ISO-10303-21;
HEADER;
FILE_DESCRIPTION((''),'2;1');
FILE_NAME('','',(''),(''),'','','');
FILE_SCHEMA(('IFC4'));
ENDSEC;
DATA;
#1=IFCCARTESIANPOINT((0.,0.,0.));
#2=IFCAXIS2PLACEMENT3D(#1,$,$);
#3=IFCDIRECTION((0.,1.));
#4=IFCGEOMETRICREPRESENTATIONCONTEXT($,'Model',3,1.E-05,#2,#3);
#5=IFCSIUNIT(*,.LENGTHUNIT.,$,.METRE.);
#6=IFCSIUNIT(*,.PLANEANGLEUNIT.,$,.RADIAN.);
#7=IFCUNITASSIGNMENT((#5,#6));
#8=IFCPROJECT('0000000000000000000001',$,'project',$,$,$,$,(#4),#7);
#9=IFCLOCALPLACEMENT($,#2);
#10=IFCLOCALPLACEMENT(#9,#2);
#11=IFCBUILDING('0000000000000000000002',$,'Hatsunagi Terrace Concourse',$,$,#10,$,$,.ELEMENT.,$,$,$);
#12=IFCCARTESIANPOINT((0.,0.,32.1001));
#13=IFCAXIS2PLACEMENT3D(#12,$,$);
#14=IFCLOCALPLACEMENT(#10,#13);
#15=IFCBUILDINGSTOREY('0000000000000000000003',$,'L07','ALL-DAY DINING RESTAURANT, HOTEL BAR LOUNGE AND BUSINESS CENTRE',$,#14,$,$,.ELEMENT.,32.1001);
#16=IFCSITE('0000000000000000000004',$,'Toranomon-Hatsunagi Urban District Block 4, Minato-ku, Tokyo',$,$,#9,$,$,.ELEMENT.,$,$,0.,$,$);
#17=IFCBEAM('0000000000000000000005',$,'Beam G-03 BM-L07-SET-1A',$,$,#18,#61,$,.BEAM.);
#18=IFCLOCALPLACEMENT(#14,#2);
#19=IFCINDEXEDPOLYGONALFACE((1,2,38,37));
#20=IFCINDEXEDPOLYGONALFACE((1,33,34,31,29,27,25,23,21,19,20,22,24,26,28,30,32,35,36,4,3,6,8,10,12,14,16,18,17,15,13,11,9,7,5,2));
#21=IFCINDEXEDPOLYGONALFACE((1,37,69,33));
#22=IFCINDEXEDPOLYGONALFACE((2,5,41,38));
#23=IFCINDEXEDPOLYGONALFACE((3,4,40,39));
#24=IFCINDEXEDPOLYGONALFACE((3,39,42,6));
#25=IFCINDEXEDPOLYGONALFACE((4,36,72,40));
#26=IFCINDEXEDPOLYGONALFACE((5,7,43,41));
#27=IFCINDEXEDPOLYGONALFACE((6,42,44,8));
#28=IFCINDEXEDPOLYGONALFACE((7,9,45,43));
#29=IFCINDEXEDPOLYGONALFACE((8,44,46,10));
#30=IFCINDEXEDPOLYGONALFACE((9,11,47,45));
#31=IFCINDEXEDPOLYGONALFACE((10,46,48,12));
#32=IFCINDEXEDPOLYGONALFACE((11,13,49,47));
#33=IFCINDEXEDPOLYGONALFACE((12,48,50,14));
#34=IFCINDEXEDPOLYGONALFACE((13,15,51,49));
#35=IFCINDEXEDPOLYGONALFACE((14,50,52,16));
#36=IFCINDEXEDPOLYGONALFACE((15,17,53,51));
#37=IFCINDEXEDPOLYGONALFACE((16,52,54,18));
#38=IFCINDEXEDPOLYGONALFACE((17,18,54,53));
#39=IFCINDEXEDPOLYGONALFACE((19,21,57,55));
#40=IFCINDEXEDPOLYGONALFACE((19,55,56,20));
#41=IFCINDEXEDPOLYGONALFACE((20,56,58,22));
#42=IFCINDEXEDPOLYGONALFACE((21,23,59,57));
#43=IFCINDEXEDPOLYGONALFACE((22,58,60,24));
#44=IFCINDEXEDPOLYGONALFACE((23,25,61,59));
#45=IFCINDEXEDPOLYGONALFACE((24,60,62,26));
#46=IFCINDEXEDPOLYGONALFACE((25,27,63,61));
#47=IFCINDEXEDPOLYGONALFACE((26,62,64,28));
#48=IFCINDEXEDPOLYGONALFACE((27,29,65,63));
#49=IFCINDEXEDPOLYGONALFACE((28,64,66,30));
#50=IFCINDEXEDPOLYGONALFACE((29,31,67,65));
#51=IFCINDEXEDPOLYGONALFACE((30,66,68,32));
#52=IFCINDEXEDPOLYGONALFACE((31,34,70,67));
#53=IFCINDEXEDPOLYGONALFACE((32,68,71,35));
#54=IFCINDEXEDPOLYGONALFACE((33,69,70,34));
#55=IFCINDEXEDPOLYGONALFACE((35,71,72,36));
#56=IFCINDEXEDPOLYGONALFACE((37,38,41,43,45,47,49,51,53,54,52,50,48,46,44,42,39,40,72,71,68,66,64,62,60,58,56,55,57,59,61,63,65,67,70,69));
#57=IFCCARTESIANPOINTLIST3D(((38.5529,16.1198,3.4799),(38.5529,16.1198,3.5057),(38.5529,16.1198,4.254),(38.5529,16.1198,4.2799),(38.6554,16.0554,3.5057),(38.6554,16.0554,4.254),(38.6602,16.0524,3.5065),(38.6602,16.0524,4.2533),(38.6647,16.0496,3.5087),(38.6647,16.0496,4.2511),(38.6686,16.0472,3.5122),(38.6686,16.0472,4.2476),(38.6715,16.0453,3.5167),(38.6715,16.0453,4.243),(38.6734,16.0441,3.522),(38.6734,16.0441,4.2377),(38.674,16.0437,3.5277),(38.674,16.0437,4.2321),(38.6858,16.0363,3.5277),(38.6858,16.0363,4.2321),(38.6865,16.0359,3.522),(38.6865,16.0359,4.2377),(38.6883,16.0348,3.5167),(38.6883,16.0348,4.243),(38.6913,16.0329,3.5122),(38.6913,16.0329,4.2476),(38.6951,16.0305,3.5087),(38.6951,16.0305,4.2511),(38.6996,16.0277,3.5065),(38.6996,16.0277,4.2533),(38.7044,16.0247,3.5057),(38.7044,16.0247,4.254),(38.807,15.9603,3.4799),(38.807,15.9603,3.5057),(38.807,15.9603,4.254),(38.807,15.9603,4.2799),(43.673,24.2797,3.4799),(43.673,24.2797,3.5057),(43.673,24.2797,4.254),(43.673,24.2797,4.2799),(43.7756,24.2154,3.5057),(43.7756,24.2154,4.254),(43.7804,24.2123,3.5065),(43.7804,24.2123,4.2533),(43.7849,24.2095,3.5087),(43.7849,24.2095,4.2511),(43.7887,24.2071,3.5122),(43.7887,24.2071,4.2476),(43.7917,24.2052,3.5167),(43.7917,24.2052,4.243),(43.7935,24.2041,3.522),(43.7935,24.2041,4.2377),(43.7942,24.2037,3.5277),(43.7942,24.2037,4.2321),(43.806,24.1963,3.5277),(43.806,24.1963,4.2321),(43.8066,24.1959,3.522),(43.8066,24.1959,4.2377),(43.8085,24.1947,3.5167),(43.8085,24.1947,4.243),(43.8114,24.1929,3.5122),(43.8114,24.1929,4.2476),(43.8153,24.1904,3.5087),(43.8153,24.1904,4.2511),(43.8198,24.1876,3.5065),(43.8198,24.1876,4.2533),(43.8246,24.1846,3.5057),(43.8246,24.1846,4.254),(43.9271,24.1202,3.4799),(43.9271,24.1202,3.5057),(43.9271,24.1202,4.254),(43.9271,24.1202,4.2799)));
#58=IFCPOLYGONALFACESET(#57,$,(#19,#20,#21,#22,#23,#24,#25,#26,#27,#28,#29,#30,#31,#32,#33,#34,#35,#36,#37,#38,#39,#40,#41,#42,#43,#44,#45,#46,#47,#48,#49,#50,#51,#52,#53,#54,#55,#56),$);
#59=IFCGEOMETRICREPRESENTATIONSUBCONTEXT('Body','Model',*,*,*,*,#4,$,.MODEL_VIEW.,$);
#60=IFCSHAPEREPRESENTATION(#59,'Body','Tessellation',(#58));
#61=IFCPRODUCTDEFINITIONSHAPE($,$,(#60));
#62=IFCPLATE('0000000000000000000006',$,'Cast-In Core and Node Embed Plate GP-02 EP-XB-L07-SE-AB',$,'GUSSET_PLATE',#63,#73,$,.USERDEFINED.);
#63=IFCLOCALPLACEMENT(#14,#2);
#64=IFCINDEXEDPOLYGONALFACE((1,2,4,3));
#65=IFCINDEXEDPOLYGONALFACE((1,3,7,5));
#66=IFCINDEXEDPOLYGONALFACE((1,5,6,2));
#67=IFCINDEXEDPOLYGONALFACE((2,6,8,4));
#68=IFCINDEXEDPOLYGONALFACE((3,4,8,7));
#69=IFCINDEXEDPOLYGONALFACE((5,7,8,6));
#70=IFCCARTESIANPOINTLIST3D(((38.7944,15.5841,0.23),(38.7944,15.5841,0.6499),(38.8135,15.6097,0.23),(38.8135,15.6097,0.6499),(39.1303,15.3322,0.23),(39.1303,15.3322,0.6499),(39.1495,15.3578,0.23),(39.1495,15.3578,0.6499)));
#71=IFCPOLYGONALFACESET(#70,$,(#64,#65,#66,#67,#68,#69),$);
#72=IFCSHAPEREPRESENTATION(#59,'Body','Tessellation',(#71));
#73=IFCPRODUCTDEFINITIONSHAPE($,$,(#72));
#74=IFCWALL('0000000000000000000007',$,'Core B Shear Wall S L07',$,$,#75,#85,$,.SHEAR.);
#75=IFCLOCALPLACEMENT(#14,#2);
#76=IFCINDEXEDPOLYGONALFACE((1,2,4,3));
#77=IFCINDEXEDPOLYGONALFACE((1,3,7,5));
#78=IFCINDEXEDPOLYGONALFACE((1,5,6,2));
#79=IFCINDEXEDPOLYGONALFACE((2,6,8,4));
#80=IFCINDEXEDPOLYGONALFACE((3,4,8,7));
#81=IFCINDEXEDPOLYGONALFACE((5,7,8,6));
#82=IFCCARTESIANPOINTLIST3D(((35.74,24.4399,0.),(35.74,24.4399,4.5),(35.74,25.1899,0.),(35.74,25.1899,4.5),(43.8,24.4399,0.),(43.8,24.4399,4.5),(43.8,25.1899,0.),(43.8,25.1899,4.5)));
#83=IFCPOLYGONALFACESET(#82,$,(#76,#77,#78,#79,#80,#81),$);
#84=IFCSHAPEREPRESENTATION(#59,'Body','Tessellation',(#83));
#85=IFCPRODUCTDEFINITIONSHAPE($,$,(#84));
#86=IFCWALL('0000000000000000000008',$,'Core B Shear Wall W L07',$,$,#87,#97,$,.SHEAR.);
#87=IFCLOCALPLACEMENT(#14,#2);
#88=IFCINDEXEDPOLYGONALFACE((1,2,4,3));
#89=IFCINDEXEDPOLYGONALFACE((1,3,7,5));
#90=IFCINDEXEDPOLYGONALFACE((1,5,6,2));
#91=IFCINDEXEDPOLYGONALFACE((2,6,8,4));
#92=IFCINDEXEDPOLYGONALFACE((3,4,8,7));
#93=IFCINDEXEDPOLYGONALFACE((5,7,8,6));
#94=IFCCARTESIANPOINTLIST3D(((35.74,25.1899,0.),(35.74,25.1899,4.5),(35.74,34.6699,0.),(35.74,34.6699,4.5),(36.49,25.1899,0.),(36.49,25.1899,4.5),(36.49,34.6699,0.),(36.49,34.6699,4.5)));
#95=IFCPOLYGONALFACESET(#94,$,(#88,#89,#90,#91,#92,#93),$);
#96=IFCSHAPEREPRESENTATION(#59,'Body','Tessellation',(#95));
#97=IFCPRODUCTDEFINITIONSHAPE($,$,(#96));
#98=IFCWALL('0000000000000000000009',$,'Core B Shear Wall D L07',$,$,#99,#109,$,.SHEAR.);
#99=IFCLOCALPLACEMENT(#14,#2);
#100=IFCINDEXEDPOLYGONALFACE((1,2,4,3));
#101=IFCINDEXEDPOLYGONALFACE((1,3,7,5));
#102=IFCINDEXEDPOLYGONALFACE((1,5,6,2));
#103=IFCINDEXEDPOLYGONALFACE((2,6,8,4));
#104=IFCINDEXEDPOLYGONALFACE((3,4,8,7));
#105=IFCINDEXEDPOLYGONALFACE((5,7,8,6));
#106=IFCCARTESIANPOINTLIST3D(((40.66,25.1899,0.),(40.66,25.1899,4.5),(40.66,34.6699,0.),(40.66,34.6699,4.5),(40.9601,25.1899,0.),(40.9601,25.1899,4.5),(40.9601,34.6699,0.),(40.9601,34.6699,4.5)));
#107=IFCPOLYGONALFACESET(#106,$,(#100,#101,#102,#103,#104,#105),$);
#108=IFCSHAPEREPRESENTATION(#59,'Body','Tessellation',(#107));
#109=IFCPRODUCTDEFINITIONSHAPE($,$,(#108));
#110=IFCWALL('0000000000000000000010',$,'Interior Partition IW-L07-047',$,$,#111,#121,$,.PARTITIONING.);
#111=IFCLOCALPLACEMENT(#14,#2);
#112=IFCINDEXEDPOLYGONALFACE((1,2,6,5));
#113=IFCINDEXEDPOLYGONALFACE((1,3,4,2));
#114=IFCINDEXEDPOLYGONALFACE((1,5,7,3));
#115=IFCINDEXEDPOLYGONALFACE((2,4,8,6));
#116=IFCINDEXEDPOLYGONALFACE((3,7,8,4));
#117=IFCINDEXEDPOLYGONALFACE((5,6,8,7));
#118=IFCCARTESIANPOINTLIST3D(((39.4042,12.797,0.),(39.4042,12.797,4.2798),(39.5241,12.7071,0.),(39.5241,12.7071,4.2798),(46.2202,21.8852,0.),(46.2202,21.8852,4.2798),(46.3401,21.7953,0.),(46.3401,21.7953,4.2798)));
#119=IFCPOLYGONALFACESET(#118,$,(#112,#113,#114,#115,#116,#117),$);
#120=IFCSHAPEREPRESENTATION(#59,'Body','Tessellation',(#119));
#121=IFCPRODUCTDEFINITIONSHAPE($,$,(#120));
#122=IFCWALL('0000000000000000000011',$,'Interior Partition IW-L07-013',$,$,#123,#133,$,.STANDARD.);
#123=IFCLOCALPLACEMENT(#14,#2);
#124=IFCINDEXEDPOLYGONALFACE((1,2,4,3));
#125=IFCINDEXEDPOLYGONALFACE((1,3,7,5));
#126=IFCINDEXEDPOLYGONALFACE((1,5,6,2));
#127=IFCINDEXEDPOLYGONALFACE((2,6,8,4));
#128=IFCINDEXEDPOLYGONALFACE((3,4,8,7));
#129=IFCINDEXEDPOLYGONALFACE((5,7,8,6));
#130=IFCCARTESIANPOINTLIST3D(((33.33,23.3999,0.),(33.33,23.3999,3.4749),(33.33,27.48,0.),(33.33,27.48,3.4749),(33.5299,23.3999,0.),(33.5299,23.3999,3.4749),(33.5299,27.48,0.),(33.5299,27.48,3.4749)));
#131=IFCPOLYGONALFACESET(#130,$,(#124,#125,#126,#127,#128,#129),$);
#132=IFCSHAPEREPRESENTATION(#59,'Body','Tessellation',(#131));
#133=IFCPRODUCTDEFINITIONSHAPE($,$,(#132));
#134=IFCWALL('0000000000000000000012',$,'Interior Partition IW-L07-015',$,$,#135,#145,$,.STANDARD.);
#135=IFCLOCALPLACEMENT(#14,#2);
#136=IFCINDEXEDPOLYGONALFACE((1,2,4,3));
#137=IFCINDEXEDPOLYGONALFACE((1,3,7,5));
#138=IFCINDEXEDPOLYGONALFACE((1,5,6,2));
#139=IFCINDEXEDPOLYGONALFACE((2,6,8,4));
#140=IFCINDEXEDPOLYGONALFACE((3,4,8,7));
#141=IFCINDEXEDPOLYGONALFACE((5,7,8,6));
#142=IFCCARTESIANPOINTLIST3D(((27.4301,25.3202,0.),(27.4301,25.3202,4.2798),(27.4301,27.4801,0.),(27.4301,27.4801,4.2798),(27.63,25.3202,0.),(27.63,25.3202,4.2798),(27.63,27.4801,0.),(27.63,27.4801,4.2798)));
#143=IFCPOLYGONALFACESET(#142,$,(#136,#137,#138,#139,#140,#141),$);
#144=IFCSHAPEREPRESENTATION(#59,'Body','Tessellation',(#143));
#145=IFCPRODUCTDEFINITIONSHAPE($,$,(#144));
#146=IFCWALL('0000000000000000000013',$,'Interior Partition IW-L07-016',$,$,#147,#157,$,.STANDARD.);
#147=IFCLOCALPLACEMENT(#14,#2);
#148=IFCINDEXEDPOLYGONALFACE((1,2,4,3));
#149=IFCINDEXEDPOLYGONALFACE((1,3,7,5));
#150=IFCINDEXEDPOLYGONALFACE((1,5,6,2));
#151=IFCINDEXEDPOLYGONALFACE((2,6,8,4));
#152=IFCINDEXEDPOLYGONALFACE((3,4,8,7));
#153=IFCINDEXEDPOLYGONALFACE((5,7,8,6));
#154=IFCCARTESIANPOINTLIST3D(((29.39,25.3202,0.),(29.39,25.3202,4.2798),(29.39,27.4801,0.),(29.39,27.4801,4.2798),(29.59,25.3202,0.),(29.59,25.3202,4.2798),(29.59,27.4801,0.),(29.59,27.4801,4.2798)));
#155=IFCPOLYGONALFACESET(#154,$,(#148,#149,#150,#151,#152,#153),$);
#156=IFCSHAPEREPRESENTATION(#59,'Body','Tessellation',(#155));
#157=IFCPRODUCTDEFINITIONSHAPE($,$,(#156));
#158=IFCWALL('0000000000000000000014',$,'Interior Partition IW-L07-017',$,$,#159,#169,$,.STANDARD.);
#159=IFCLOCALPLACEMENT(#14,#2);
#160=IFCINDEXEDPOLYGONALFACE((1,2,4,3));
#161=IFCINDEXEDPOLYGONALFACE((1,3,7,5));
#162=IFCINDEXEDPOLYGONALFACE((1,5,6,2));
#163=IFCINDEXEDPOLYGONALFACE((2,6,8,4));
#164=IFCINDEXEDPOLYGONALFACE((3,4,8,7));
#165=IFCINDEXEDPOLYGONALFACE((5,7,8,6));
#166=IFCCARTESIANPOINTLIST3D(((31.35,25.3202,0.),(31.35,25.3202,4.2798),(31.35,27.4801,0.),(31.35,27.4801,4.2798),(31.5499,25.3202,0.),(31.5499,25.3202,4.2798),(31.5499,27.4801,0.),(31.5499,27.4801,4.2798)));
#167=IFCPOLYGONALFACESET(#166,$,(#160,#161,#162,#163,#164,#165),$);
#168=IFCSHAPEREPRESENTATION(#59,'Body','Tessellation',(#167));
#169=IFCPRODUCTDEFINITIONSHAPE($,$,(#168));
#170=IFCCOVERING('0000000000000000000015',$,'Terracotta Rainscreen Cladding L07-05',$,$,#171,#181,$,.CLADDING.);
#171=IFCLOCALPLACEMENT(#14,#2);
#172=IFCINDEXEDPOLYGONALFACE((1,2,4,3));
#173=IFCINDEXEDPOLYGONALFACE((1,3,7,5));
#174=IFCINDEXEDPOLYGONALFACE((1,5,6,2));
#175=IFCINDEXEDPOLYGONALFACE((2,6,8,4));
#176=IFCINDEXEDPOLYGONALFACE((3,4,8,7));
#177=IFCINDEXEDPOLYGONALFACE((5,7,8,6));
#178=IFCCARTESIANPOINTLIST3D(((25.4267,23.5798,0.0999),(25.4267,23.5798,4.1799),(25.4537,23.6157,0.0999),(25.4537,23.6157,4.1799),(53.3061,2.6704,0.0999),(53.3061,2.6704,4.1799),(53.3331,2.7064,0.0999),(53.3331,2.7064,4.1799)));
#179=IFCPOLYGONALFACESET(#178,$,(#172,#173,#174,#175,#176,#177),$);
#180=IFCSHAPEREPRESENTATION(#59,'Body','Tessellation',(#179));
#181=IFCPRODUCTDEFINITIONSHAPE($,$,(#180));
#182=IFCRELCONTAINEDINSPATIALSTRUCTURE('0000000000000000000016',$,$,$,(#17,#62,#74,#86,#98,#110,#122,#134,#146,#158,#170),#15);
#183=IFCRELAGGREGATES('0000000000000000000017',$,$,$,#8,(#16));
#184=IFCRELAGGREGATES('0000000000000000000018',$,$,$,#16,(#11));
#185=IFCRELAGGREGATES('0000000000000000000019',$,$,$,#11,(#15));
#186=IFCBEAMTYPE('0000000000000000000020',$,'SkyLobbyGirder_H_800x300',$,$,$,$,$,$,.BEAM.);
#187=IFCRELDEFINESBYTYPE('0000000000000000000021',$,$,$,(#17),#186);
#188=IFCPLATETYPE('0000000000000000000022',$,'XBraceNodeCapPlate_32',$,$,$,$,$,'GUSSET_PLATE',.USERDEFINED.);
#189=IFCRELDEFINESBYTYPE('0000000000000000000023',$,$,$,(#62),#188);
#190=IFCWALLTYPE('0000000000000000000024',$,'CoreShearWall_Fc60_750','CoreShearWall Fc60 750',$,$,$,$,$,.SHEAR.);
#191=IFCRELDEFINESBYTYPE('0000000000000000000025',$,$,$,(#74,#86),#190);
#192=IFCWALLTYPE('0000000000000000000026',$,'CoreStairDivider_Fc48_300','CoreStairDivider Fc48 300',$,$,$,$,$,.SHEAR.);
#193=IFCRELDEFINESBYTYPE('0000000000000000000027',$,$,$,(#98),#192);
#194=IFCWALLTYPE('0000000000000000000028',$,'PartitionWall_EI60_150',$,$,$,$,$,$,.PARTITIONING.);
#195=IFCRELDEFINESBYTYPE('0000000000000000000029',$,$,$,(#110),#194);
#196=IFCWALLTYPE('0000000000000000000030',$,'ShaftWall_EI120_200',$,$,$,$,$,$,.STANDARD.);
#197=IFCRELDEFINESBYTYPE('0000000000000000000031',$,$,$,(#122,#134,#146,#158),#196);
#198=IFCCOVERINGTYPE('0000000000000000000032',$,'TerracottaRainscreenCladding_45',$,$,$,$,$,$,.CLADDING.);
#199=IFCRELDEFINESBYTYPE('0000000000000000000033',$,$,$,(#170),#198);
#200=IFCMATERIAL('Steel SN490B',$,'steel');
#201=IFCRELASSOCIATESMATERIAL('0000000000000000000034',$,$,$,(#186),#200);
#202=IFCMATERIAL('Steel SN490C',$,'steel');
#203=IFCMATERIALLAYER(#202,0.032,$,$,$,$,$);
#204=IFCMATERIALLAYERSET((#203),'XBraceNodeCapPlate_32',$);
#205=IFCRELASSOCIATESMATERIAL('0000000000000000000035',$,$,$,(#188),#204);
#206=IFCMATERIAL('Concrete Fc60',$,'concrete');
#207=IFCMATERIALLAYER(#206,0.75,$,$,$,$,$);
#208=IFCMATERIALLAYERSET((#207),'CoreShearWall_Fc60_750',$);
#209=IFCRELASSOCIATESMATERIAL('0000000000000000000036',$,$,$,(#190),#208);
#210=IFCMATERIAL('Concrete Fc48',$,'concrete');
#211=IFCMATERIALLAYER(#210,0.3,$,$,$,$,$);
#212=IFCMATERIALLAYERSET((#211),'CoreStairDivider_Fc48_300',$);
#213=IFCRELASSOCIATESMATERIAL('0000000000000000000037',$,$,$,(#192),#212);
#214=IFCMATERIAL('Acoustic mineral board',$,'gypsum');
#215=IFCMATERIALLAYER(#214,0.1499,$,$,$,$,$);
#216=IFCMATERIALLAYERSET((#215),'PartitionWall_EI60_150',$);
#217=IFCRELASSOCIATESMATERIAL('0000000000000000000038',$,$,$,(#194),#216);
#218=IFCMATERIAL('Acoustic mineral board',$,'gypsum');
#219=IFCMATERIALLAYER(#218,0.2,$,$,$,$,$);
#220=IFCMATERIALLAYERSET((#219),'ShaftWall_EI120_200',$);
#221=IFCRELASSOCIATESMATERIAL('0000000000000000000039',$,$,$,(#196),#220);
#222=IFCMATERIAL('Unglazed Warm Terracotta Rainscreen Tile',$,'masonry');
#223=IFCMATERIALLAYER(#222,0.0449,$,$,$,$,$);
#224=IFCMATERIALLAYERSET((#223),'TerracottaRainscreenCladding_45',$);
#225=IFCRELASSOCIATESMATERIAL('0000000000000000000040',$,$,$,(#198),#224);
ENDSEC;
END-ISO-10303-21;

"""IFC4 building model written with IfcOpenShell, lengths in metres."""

from ifc_helpers import new_model, si_unit, direction, frame, frame_2d, origin, origin_2d, place, context, subcontext, project, spatial, rectangle, i_section, extrude, material, layer, layer_set, material_profile, profile_set, type_object, element, save


model = new_model("IFC4")

# Units and contexts
model_context = context("Model", 3, precision=1e-05, world=origin(), true_north=direction((0.0, 1.0)))
body_context = subcontext(model_context, "Body", "Model", "MODEL_VIEW")
ifc_project = project(units=[si_unit("LENGTHUNIT", "METRE"), si_unit("PLANEANGLEUNIT", "RADIAN")], contexts=[model_context])

# Site, building, storey
site_placement = place(None, origin())
site = spatial("IfcSite", under=ifc_project, at=site_placement, Name="Toranomon-Hatsunagi Urban District Block 4, Minato-ku, Tokyo", CompositionType="ELEMENT", RefElevation=0.0)
building_placement = place(site_placement, origin())
building = spatial("IfcBuilding", under=site, at=building_placement, Name="Hatsunagi Terrace Concourse", CompositionType="ELEMENT")
storey_placement = place(building_placement, frame((0.0, 0.0, 32.1001)))
storey = spatial("IfcBuildingStorey", under=building, at=storey_placement, Name="L07", Description="ALL-DAY DINING RESTAURANT, HOTEL BAR LOUNGE AND BUSINESS CENTRE", CompositionType="ELEMENT", Elevation=32.1001)

# Beam
ifc_material_1 = material(Name="Steel SN490B", Category="steel")
ifc_material_profile_1 = material_profile(ifc_material_1, i_section(OverallWidth=0.3, OverallDepth=0.8, WebThickness=0.0139, FlangeThickness=0.0259, FilletRadius=0.022, at=origin_2d()), Name="H-800x300x14x26")
ifc_profile_set_1 = profile_set([ifc_material_profile_1], Name="Steel SN490B")
beam_type_1 = type_object("IfcBeamType", Name="SkyLobbyGirder_H_800x300", PredefinedType="BEAM", material=ifc_profile_set_1)
beam_1_placement = place(storey_placement, frame((38.6799, 16.04, 3.8799), z_axis=(0.531504, 0.847056, 0.0), x_axis=(-0.847056, 0.531504, 0.0)))
element("IfcBeam", 1, at=beam_1_placement, inside=storey, type_object=beam_type_1, Name="Beam G-03 BM-L07-SET-1A", PredefinedType="BEAM", context=body_context, shape_type="SweptSolid", body=[
    extrude(i_section(OverallWidth=0.3, OverallDepth=0.8, WebThickness=0.0139, FlangeThickness=0.0259, FilletRadius=0.022, at=origin_2d()), origin(), (0.0, 0.0, 1.0), 9.6333),
])

# Plate
ifc_material_2 = material(Name="Steel SN490C", Category="steel")
ifc_layer_1 = layer(ifc_material_2, 0.032)
ifc_layer_set_1 = layer_set([ifc_layer_1], Name="XBraceNodeCapPlate_32")
plate_type = type_object("IfcPlateType", Name="XBraceNodeCapPlate_32", ElementType="GUSSET_PLATE", PredefinedType="USERDEFINED", material=ifc_layer_set_1)
plate_placement = place(storey_placement, frame((38.9719, 15.4709, 0.23), z_axis=(0.0, 0.0, 1.0), x_axis=(0.8, -0.6, 0.0)))
element("IfcPlate", 2, at=plate_placement, inside=storey, type_object=plate_type, Name="Cast-In Core and Node Embed Plate GP-02 EP-XB-L07-SE-AB", ObjectType="GUSSET_PLATE", PredefinedType="USERDEFINED", context=body_context, shape_type="SweptSolid", body=[
    extrude(rectangle(XDim=0.4199, YDim=0.032, at=origin_2d()), origin(), (0.0, 0.0, 1.0), 0.4199),
])

# Walls
ifc_material_3 = material(Name="Concrete Fc60", Category="concrete")
ifc_layer_2 = layer(ifc_material_3, 0.75)
ifc_layer_set_2 = layer_set([ifc_layer_2], Name="CoreShearWall_Fc60_750")
wall_type_1 = type_object("IfcWallType", Name="CoreShearWall_Fc60_750", Description="CoreShearWall Fc60 750", PredefinedType="SHEAR", material=ifc_layer_set_2)
wall_1_placement = place(storey_placement, frame((35.74, 24.8149, 0.0), z_axis=(0.0, 0.0, 1.0), x_axis=(1.0, 0.0, 0.0)))
element("IfcWall", 3, at=wall_1_placement, inside=storey, type_object=wall_type_1, Name="Core B Shear Wall S L07", PredefinedType="SHEAR", context=body_context, shape_type="SweptSolid", body=[
    extrude(rectangle(XDim=8.0601, YDim=0.75, at=frame_2d((4.03, 0.0))), origin(), (0.0, 0.0, 1.0), 4.5),
])
wall_2_placement = place(storey_placement, frame((36.115, 25.1899, 0.0), z_axis=(0.0, 0.0, 1.0), x_axis=(0.0, 1.0, 0.0)))
element("IfcWall", 4, at=wall_2_placement, inside=storey, type_object=wall_type_1, Name="Core B Shear Wall W L07", PredefinedType="SHEAR", context=body_context, shape_type="SweptSolid", body=[
    extrude(rectangle(XDim=9.48, YDim=0.75, at=frame_2d((4.74, 0.0))), origin(), (0.0, 0.0, 1.0), 4.5),
])
ifc_material_4 = material(Name="Concrete Fc48", Category="concrete")
ifc_layer_3 = layer(ifc_material_4, 0.3)
ifc_layer_set_3 = layer_set([ifc_layer_3], Name="CoreStairDivider_Fc48_300")
wall_type_2 = type_object("IfcWallType", Name="CoreStairDivider_Fc48_300", Description="CoreStairDivider Fc48 300", PredefinedType="SHEAR", material=ifc_layer_set_3)
wall_3_placement = place(storey_placement, frame((40.8101, 25.1899, 0.0), z_axis=(0.0, 0.0, 1.0), x_axis=(0.0, 1.0, 0.0)))
element("IfcWall", 5, at=wall_3_placement, inside=storey, type_object=wall_type_2, Name="Core B Shear Wall D L07", PredefinedType="SHEAR", context=body_context, shape_type="SweptSolid", body=[
    extrude(rectangle(XDim=9.48, YDim=0.3, at=frame_2d((4.74, 0.0))), origin(), (0.0, 0.0, 1.0), 4.5),
])
ifc_material_5 = material(Name="Acoustic mineral board", Category="gypsum")
ifc_layer_4 = layer(ifc_material_5, 0.1499)
ifc_layer_set_4 = layer_set([ifc_layer_4], Name="PartitionWall_EI60_150")
wall_type_3 = type_object("IfcWallType", Name="PartitionWall_EI60_150", PredefinedType="PARTITIONING", material=ifc_layer_set_4)
wall_4_placement = place(storey_placement, frame((39.4641, 12.752, 0.0), z_axis=(0.0, 0.0, 1.0), x_axis=(0.59999, 0.800008, 0.0)))
element("IfcWall", 6, at=wall_4_placement, inside=storey, type_object=wall_type_3, Name="Interior Partition IW-L07-047", PredefinedType="PARTITIONING", context=body_context, shape_type="SweptSolid", body=[
    extrude(rectangle(XDim=11.3601, YDim=0.1499, at=frame_2d((5.6802, 0.0))), origin(), (0.0, 0.0, 1.0), 4.2798),
])
ifc_material_6 = material(Name="Acoustic mineral board", Category="gypsum")
ifc_layer_5 = layer(ifc_material_6, 0.2)
ifc_layer_set_5 = layer_set([ifc_layer_5], Name="ShaftWall_EI120_200")
wall_type_4 = type_object("IfcWallType", Name="ShaftWall_EI120_200", PredefinedType="STANDARD", material=ifc_layer_set_5)
wall_5_placement = place(storey_placement, frame((33.4299, 23.3999, 0.0), z_axis=(0.0, 0.0, 1.0), x_axis=(0.0, 1.0, 0.0)))
element("IfcWall", 7, at=wall_5_placement, inside=storey, type_object=wall_type_4, Name="Interior Partition IW-L07-013", PredefinedType="STANDARD", context=body_context, shape_type="SweptSolid", body=[
    extrude(rectangle(XDim=4.0801, YDim=0.2, at=frame_2d((2.04, 0.0))), origin(), (0.0, 0.0, 1.0), 3.4749),
])
for number, where, z_axis, x_axis, name in (
    (8, (27.53, 25.3201, 0.0), (0.0, 0.0, 1.0), (0.0, 1.0, 0.0), "Interior Partition IW-L07-015"),
    (9, (29.49, 25.3201, 0.0), (0.0, 0.0, 1.0), (0.0, 1.0, 0.0), "Interior Partition IW-L07-016"),
    (10, (31.45, 25.3201, 0.0), (0.0, 0.0, 1.0), (0.0, 1.0, 0.0), "Interior Partition IW-L07-017"),
):
    element("IfcWall", number, at=place(storey_placement, frame(where, z_axis=z_axis, x_axis=x_axis)), inside=storey, type_object=wall_type_4, Name=name, PredefinedType="STANDARD", context=body_context, shape_type="SweptSolid", body=[
        extrude(rectangle(XDim=2.1599, YDim=0.2, at=frame_2d((1.0801, 0.0))), origin(), (0.0, 0.0, 1.0), 4.2798),
    ])

# Covering
ifc_material_7 = material(Name="Unglazed Warm Terracotta Rainscreen Tile", Category="masonry")
ifc_layer_6 = layer(ifc_material_7, 0.0449)
ifc_layer_set_6 = layer_set([ifc_layer_6], Name="TerracottaRainscreenCladding_45")
covering_type = type_object("IfcCoveringType", Name="TerracottaRainscreenCladding_45", PredefinedType="CLADDING", material=ifc_layer_set_6)
covering_placement = place(storey_placement, frame((39.3799, 13.1431, 0.0999), z_axis=(0.0, 0.0, 1.0), x_axis=(-0.800003, 0.599996, 0.0)))
element("IfcCovering", 11, at=covering_placement, inside=storey, type_object=covering_type, Name="Terracotta Rainscreen Cladding L07-05", PredefinedType="CLADDING", context=body_context, shape_type="SweptSolid", body=[
    extrude(rectangle(XDim=34.8491, YDim=0.0449, at=origin_2d()), origin(), (0.0, 0.0, 1.0), 4.0801),
])

save(model, "model.ifc")
